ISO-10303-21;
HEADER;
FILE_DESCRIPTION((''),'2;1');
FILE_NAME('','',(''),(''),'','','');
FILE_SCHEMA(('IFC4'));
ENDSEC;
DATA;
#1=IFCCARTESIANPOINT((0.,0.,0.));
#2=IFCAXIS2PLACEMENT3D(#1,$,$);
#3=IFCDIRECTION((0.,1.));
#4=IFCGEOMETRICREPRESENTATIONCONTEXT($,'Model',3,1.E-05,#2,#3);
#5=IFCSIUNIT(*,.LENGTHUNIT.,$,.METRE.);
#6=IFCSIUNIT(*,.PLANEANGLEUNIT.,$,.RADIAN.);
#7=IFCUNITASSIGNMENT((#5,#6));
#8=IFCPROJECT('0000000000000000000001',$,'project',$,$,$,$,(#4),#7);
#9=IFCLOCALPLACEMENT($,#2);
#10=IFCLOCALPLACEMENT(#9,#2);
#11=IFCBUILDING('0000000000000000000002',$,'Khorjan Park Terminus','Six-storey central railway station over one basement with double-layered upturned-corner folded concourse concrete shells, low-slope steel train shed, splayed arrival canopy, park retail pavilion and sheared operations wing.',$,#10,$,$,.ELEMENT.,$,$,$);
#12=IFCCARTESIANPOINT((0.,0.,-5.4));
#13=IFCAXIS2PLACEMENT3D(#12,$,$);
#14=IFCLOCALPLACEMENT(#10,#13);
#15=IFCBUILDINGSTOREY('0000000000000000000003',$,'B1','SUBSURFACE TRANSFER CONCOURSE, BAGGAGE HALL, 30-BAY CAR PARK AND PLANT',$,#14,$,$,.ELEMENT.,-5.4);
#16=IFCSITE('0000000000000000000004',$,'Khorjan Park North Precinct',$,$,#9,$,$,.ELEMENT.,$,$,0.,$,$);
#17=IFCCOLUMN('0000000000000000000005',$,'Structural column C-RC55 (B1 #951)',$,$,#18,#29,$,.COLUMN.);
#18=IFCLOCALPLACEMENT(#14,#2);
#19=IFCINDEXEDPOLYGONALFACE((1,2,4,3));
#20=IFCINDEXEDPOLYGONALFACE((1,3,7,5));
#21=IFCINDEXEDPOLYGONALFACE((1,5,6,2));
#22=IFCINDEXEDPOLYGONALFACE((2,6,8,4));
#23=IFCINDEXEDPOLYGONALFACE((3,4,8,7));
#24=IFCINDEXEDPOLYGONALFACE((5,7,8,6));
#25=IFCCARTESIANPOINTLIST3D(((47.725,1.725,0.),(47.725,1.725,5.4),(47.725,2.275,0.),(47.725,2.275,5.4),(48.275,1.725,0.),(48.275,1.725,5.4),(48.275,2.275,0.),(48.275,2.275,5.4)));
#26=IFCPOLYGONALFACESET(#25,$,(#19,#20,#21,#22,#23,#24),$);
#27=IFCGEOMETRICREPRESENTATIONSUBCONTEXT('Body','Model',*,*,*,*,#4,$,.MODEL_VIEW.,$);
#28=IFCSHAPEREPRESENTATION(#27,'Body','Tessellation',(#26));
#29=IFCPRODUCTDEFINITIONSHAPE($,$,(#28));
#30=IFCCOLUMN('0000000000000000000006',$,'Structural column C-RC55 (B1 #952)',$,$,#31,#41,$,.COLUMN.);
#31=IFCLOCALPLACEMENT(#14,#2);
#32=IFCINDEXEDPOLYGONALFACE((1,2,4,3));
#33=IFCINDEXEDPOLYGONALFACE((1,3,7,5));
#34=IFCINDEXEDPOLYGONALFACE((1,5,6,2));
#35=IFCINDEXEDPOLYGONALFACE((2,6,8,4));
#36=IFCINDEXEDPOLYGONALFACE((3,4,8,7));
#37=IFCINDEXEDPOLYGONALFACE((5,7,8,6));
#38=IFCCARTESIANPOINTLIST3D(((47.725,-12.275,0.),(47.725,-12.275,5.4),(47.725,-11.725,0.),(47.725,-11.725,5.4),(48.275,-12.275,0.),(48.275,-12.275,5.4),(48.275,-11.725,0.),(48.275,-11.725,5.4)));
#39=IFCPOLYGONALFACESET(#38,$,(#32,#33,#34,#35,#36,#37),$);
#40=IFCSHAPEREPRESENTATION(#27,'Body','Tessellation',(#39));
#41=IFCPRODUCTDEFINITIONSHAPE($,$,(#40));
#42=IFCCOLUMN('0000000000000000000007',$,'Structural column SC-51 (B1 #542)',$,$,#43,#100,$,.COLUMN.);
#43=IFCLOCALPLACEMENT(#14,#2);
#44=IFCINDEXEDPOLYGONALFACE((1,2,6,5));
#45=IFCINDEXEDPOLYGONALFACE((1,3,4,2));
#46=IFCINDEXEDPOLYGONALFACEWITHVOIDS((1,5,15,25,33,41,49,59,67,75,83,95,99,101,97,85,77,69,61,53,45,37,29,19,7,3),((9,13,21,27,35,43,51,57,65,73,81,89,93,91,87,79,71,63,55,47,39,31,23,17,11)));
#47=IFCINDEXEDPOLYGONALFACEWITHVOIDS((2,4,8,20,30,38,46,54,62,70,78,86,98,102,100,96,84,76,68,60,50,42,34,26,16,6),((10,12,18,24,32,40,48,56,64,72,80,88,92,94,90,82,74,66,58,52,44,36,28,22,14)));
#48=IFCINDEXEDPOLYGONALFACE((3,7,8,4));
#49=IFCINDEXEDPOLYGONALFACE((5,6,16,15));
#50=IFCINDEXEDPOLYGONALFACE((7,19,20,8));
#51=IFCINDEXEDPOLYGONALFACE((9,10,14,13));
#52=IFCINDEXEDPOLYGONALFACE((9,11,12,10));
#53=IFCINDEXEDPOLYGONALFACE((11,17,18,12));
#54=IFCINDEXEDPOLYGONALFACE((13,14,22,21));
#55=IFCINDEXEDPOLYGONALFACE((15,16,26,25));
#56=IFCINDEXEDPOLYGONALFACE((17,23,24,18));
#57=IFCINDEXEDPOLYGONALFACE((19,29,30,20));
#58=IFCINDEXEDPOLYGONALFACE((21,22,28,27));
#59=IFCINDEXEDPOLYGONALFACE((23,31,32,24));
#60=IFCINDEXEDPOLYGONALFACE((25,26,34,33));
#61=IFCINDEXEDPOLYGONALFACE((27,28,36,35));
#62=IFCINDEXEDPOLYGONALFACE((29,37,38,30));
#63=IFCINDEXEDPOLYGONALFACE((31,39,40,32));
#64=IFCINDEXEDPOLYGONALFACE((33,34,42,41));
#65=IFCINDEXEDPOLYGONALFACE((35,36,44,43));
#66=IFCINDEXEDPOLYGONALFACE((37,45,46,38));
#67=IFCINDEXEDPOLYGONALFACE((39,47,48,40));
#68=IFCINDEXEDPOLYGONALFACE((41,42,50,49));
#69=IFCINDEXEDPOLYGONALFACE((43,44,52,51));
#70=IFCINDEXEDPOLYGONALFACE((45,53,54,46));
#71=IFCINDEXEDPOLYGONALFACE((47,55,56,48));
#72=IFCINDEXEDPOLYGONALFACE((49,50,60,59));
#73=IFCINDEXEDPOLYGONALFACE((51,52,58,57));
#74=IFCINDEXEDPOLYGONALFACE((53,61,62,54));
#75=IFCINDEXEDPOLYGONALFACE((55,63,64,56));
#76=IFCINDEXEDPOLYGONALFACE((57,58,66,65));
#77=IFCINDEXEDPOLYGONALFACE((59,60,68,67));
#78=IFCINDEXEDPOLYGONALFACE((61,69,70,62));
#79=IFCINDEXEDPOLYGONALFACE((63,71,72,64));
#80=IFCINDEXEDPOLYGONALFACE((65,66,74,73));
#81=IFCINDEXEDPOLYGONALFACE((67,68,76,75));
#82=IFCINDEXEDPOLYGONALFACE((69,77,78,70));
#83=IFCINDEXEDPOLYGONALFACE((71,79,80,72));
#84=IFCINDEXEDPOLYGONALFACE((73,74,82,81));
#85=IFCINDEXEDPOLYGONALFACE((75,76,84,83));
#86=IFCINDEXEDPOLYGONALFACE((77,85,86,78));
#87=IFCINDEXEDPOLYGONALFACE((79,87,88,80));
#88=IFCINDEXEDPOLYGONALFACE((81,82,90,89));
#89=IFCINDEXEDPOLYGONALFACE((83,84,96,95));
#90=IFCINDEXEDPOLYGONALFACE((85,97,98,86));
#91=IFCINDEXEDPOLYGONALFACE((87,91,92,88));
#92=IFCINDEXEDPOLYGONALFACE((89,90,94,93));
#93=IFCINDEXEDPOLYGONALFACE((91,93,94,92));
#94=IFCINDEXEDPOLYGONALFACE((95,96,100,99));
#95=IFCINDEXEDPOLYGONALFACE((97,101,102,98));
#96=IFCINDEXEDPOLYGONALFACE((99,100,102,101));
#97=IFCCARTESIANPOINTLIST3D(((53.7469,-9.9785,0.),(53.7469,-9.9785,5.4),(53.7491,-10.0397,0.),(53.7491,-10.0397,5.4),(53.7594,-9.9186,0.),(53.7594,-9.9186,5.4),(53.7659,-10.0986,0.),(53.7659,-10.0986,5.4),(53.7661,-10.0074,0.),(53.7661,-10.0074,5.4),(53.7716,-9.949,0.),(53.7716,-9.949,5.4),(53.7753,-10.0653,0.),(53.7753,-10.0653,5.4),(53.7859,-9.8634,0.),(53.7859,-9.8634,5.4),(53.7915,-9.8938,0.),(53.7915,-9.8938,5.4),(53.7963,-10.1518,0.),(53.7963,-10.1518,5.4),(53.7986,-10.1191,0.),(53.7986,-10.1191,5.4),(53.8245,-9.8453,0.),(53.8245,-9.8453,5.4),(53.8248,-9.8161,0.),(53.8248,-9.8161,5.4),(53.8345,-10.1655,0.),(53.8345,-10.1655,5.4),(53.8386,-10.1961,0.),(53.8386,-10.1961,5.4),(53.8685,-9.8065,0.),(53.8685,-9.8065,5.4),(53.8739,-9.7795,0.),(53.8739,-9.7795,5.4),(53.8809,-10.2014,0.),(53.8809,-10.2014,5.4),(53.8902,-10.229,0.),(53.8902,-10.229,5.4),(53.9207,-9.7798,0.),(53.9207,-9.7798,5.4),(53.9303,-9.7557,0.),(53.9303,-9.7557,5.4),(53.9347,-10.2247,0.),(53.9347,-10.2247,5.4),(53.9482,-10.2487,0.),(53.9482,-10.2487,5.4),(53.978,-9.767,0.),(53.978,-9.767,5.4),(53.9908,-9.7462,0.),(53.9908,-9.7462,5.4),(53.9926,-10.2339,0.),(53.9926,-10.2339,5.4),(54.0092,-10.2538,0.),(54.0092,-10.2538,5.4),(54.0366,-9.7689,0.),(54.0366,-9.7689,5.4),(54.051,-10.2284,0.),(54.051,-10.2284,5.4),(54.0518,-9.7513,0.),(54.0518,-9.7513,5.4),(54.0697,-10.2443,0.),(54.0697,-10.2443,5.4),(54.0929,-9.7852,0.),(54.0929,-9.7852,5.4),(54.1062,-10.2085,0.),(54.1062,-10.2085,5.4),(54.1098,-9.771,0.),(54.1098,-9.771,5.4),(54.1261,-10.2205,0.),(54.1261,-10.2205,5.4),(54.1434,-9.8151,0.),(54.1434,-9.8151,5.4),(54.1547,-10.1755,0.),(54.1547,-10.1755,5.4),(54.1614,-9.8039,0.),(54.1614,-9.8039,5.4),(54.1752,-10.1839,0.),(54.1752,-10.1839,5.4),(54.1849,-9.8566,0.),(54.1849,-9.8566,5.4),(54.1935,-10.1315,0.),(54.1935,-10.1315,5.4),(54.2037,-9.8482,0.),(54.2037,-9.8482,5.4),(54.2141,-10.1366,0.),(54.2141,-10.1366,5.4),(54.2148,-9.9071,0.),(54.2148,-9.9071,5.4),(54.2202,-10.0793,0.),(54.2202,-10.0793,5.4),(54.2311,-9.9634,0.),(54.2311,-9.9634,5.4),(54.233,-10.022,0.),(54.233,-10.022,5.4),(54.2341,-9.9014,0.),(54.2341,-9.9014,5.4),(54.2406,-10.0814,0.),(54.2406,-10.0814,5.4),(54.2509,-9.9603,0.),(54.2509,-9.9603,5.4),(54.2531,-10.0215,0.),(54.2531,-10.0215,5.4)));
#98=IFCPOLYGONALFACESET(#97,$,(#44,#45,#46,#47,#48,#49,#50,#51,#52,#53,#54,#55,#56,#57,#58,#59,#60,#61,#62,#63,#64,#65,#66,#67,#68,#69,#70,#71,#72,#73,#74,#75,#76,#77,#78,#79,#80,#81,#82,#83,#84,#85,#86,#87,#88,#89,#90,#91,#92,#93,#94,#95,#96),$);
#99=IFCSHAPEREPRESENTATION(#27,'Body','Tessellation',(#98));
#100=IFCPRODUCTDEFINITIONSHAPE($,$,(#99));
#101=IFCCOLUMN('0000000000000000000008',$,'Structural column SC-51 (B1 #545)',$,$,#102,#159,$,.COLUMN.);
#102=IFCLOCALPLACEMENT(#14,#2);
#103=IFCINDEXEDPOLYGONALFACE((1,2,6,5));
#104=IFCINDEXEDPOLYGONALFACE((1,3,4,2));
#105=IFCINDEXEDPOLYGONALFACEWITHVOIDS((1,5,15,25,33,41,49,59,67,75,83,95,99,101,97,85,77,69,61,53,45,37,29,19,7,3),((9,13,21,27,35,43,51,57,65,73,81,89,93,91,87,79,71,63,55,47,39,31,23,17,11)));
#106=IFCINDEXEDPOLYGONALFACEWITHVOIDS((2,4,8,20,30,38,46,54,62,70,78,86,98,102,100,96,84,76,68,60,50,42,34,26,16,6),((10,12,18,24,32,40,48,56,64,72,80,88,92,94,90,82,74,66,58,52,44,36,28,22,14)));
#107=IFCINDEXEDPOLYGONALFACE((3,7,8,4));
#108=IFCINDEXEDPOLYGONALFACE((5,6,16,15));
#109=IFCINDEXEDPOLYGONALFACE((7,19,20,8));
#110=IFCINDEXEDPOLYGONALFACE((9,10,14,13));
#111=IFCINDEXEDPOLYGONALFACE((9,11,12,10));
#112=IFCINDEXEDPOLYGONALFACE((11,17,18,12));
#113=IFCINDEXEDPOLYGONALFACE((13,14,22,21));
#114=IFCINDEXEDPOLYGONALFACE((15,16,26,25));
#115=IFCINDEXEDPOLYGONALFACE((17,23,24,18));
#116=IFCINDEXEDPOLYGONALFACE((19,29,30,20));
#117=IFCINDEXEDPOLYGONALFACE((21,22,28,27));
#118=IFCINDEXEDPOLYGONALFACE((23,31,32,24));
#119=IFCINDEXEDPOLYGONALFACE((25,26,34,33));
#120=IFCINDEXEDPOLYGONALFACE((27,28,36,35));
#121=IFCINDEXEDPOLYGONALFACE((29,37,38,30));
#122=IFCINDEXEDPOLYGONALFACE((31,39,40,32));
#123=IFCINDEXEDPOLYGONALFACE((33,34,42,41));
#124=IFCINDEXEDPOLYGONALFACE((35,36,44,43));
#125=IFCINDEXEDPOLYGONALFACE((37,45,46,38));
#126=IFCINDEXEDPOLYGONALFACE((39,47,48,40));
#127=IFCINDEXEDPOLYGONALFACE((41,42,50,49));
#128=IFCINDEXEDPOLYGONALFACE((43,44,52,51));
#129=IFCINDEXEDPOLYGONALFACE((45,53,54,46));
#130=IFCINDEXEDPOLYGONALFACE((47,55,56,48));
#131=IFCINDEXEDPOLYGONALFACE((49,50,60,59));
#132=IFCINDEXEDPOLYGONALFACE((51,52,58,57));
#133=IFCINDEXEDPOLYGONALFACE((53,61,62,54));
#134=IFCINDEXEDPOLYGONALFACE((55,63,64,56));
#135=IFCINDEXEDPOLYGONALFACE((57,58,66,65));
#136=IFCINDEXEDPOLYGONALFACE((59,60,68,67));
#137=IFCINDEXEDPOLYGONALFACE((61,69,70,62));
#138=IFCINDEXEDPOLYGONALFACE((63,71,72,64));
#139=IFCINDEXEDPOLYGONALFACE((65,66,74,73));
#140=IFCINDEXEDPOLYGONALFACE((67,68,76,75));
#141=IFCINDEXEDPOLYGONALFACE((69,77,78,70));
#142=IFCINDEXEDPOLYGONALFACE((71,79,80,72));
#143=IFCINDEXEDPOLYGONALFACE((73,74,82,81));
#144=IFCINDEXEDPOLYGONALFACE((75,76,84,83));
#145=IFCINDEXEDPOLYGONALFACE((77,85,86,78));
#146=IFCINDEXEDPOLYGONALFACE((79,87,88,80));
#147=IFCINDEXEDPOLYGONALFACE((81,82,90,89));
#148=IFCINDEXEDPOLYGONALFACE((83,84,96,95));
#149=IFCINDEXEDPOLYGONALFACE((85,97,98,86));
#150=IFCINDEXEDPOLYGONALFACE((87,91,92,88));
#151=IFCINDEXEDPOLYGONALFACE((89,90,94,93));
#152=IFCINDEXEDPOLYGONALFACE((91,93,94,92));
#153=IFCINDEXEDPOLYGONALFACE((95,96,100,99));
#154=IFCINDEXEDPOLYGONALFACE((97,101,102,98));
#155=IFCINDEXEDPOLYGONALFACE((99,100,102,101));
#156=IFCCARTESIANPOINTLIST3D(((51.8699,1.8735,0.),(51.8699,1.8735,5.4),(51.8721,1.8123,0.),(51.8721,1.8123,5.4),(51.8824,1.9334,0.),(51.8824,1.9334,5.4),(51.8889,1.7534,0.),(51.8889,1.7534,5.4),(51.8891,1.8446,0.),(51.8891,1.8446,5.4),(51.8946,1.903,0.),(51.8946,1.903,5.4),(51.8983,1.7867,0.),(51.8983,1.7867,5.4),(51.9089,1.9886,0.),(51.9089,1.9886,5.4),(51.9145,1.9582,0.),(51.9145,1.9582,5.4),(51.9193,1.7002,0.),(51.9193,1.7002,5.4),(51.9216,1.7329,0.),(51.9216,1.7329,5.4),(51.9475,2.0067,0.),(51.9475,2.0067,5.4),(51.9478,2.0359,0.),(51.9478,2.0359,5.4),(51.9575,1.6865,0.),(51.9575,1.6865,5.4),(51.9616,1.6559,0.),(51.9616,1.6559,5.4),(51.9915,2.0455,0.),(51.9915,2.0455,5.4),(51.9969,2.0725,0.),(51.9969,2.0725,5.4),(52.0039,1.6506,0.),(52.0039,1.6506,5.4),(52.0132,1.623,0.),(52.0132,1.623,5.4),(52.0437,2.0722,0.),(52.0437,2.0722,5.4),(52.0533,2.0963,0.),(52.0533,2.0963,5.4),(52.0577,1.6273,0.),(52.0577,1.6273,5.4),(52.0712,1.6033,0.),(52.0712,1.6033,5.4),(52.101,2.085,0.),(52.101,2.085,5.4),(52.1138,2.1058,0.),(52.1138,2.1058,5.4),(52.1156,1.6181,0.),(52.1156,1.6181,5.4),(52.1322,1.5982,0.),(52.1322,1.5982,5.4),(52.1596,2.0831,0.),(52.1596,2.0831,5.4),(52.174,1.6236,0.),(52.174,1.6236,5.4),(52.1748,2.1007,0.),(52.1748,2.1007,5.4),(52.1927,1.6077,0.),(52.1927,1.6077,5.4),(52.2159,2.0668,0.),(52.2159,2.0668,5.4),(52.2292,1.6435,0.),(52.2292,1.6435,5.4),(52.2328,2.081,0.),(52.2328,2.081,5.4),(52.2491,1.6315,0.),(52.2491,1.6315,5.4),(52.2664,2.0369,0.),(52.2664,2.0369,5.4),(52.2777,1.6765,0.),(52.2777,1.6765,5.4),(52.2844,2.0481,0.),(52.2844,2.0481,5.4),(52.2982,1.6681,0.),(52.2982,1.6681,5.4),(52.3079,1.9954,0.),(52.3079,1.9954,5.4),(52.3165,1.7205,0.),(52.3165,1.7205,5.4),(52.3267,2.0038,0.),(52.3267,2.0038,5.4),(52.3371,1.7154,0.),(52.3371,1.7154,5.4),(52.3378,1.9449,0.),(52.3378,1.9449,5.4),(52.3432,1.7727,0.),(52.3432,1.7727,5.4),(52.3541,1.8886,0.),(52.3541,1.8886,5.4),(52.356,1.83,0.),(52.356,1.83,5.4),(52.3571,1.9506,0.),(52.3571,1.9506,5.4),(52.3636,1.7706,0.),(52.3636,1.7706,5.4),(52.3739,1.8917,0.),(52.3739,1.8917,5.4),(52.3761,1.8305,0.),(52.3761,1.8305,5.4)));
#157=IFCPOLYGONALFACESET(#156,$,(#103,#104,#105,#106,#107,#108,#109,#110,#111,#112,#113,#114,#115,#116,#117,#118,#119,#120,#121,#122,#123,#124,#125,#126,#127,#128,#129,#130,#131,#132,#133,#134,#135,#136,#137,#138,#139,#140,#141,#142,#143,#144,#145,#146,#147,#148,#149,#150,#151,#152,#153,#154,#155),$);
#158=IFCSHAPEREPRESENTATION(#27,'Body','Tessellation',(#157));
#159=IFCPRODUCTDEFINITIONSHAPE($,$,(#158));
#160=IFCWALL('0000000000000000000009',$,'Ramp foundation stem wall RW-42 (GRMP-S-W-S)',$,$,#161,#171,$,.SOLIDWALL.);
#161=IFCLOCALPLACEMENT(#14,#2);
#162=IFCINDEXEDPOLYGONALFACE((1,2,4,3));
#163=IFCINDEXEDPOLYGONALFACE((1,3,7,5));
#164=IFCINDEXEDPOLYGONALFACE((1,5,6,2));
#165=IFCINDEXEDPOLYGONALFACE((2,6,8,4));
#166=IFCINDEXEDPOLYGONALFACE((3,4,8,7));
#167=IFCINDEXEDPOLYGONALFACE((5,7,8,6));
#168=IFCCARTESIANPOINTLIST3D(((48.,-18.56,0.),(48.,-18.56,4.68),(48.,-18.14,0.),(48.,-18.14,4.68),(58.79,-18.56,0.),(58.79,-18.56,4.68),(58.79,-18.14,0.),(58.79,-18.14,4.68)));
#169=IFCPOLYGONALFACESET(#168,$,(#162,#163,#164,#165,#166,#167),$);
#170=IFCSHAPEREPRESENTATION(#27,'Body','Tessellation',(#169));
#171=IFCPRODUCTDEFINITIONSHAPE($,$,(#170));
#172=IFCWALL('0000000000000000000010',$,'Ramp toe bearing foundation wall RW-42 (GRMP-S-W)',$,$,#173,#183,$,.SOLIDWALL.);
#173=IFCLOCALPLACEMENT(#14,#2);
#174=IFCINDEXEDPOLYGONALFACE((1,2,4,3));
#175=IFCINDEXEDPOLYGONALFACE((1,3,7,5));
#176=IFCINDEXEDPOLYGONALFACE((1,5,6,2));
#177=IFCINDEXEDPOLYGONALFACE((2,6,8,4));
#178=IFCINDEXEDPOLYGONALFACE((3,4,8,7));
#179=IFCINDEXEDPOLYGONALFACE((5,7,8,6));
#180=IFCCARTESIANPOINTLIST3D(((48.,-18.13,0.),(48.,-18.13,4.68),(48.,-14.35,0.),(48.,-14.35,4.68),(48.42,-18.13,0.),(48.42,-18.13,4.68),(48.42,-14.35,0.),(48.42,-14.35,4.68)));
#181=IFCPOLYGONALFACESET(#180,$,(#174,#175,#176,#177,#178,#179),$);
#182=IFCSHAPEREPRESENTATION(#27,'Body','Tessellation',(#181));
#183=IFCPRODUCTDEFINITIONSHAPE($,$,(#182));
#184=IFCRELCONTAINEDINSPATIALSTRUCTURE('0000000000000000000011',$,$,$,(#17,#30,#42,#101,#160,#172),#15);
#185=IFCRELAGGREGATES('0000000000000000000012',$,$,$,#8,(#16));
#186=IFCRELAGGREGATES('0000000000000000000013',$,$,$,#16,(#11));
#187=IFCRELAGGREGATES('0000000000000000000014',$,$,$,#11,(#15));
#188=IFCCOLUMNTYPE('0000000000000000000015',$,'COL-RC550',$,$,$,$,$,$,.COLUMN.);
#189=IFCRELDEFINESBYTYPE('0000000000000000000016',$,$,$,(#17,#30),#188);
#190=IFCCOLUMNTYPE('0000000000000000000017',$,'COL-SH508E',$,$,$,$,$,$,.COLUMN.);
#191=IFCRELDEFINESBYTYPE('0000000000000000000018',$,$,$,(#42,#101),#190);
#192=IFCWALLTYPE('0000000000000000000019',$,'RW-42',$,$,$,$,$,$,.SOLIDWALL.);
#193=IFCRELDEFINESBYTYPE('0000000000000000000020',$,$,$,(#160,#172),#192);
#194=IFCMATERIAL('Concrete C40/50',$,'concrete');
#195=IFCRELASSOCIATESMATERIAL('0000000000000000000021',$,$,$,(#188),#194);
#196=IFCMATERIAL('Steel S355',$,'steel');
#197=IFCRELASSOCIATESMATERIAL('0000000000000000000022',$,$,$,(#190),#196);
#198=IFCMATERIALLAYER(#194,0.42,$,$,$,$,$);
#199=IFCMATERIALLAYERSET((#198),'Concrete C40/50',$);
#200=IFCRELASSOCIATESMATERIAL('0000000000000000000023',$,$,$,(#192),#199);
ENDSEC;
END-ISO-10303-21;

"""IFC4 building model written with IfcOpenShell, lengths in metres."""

from ifc_helpers import new_model, si_unit, direction, frame, frame_2d, origin, origin_2d, place, context, subcontext, project, spatial, rectangle, hollow_circle, extrude, material, layer, layer_set, material_profile, profile_set, type_object, element, save


model = new_model("IFC4")

# Units and contexts
model_context = context("Model", 3, precision=1e-05, world=origin(), true_north=direction((0.0, 1.0)))
body_context = subcontext(model_context, "Body", "Model", "MODEL_VIEW")
ifc_project = project(units=[si_unit("LENGTHUNIT", "METRE"), si_unit("PLANEANGLEUNIT", "RADIAN")], contexts=[model_context])

# Site, building, storey
site_placement = place(None, origin())
site = spatial("IfcSite", under=ifc_project, at=site_placement, Name="Khorjan Park North Precinct", CompositionType="ELEMENT", RefElevation=0.0)
building_placement = place(site_placement, origin())
building = spatial("IfcBuilding", under=site, at=building_placement, Name="Khorjan Park Terminus", Description="Six-storey central railway station over one basement with double-layered upturned-corner folded concourse concrete shells, low-slope steel train shed, splayed arrival canopy, park retail pavilion and sheared operations wing.", CompositionType="ELEMENT")
storey_placement = place(building_placement, frame((0.0, 0.0, -5.4)))
storey = spatial("IfcBuildingStorey", under=building, at=storey_placement, Name="B1", Description="SUBSURFACE TRANSFER CONCOURSE, BAGGAGE HALL, 30-BAY CAR PARK AND PLANT", CompositionType="ELEMENT", Elevation=-5.4)

# Shared definitions
ifc_material_1 = material(Name="Concrete C40/50", Category="concrete")

# Columns
ifc_material_profile_1 = material_profile(ifc_material_1, rectangle(XDim=0.55, YDim=0.55, at=origin_2d()), Name="RC 550x550")
ifc_profile_set_1 = profile_set([ifc_material_profile_1], Name="Concrete C40/50")
column_type_1 = type_object("IfcColumnType", Name="COL-RC550", PredefinedType="COLUMN", material=ifc_profile_set_1)
for number, where, z_axis, x_axis, name in (
    (1, (48.0, 2.0, 0.0), (0.0, 0.0, 1.0), (1.0, 0.0, 0.0), "Structural column C-RC55 (B1 #951)"),
    (2, (48.0, -12.0, 0.0), (0.0, 0.0, 1.0), (1.0, 0.0, 0.0), "Structural column C-RC55 (B1 #952)"),
):
    element("IfcColumn", number, at=place(storey_placement, frame(where, z_axis=z_axis, x_axis=x_axis)), inside=storey, type_object=column_type_1, Name=name, PredefinedType="COLUMN", context=body_context, shape_type="SweptSolid", body=[
        extrude(rectangle(XDim=0.55, YDim=0.55, at=origin_2d()), origin(), (0.0, 0.0, 1.0), 5.4),
    ])
ifc_material_2 = material(Name="Steel S355", Category="steel")
ifc_material_profile_2 = material_profile(ifc_material_2, hollow_circle(Radius=0.254, WallThickness=0.02, at=origin_2d()), Name="CHS 508x20")
ifc_profile_set_2 = profile_set([ifc_material_profile_2], Name="Steel S355")
column_type_2 = type_object("IfcColumnType", Name="COL-SH508E", PredefinedType="COLUMN", material=ifc_profile_set_2)
for number, where, z_axis, x_axis, name in (
    (3, (54.0, -10.0, 0.0), (0.0, 0.0, 1.0), (0.987688, 0.156434, 0.0), "Structural column SC-51 (B1 #542)"),
    (4, (52.123, 1.852, 0.0), (0.0, 0.0, 1.0), (0.987688, 0.156434, 0.0), "Structural column SC-51 (B1 #545)"),
):
    element("IfcColumn", number, at=place(storey_placement, frame(where, z_axis=z_axis, x_axis=x_axis)), inside=storey, type_object=column_type_2, Name=name, PredefinedType="COLUMN", context=body_context, shape_type="SweptSolid", body=[
        extrude(hollow_circle(Radius=0.254, WallThickness=0.02, at=origin_2d()), origin(), (0.0, 0.0, 1.0), 5.4),
    ])

# Walls
ifc_layer = layer(ifc_material_1, 0.42)
ifc_layer_set = layer_set([ifc_layer], Name="Concrete C40/50")
wall_type = type_object("IfcWallType", Name="RW-42", PredefinedType="SOLIDWALL", material=ifc_layer_set)
wall_1_placement = place(storey_placement, frame((48.0, -18.35, 0.0), z_axis=(0.0, 0.0, 1.0), x_axis=(1.0, 0.0, 0.0)))
element("IfcWall", 5, at=wall_1_placement, inside=storey, type_object=wall_type, Name="Ramp foundation stem wall RW-42 (GRMP-S-W-S)", PredefinedType="SOLIDWALL", context=body_context, shape_type="SweptSolid", body=[
    extrude(rectangle(XDim=10.79, YDim=0.42, at=frame_2d((5.395, 0.0))), origin(), (0.0, 0.0, 1.0), 4.68),
])
wall_2_placement = place(storey_placement, frame((48.21, -18.13, 0.0), z_axis=(0.0, 0.0, 1.0), x_axis=(0.0, 1.0, 0.0)))
element("IfcWall", 6, at=wall_2_placement, inside=storey, type_object=wall_type, Name="Ramp toe bearing foundation wall RW-42 (GRMP-S-W)", PredefinedType="SOLIDWALL", context=body_context, shape_type="SweptSolid", body=[
    extrude(rectangle(XDim=3.78, YDim=0.42, at=frame_2d((1.89, 0.0))), origin(), (0.0, 0.0, 1.0), 4.68),
])

save(model, "model.ifc")
